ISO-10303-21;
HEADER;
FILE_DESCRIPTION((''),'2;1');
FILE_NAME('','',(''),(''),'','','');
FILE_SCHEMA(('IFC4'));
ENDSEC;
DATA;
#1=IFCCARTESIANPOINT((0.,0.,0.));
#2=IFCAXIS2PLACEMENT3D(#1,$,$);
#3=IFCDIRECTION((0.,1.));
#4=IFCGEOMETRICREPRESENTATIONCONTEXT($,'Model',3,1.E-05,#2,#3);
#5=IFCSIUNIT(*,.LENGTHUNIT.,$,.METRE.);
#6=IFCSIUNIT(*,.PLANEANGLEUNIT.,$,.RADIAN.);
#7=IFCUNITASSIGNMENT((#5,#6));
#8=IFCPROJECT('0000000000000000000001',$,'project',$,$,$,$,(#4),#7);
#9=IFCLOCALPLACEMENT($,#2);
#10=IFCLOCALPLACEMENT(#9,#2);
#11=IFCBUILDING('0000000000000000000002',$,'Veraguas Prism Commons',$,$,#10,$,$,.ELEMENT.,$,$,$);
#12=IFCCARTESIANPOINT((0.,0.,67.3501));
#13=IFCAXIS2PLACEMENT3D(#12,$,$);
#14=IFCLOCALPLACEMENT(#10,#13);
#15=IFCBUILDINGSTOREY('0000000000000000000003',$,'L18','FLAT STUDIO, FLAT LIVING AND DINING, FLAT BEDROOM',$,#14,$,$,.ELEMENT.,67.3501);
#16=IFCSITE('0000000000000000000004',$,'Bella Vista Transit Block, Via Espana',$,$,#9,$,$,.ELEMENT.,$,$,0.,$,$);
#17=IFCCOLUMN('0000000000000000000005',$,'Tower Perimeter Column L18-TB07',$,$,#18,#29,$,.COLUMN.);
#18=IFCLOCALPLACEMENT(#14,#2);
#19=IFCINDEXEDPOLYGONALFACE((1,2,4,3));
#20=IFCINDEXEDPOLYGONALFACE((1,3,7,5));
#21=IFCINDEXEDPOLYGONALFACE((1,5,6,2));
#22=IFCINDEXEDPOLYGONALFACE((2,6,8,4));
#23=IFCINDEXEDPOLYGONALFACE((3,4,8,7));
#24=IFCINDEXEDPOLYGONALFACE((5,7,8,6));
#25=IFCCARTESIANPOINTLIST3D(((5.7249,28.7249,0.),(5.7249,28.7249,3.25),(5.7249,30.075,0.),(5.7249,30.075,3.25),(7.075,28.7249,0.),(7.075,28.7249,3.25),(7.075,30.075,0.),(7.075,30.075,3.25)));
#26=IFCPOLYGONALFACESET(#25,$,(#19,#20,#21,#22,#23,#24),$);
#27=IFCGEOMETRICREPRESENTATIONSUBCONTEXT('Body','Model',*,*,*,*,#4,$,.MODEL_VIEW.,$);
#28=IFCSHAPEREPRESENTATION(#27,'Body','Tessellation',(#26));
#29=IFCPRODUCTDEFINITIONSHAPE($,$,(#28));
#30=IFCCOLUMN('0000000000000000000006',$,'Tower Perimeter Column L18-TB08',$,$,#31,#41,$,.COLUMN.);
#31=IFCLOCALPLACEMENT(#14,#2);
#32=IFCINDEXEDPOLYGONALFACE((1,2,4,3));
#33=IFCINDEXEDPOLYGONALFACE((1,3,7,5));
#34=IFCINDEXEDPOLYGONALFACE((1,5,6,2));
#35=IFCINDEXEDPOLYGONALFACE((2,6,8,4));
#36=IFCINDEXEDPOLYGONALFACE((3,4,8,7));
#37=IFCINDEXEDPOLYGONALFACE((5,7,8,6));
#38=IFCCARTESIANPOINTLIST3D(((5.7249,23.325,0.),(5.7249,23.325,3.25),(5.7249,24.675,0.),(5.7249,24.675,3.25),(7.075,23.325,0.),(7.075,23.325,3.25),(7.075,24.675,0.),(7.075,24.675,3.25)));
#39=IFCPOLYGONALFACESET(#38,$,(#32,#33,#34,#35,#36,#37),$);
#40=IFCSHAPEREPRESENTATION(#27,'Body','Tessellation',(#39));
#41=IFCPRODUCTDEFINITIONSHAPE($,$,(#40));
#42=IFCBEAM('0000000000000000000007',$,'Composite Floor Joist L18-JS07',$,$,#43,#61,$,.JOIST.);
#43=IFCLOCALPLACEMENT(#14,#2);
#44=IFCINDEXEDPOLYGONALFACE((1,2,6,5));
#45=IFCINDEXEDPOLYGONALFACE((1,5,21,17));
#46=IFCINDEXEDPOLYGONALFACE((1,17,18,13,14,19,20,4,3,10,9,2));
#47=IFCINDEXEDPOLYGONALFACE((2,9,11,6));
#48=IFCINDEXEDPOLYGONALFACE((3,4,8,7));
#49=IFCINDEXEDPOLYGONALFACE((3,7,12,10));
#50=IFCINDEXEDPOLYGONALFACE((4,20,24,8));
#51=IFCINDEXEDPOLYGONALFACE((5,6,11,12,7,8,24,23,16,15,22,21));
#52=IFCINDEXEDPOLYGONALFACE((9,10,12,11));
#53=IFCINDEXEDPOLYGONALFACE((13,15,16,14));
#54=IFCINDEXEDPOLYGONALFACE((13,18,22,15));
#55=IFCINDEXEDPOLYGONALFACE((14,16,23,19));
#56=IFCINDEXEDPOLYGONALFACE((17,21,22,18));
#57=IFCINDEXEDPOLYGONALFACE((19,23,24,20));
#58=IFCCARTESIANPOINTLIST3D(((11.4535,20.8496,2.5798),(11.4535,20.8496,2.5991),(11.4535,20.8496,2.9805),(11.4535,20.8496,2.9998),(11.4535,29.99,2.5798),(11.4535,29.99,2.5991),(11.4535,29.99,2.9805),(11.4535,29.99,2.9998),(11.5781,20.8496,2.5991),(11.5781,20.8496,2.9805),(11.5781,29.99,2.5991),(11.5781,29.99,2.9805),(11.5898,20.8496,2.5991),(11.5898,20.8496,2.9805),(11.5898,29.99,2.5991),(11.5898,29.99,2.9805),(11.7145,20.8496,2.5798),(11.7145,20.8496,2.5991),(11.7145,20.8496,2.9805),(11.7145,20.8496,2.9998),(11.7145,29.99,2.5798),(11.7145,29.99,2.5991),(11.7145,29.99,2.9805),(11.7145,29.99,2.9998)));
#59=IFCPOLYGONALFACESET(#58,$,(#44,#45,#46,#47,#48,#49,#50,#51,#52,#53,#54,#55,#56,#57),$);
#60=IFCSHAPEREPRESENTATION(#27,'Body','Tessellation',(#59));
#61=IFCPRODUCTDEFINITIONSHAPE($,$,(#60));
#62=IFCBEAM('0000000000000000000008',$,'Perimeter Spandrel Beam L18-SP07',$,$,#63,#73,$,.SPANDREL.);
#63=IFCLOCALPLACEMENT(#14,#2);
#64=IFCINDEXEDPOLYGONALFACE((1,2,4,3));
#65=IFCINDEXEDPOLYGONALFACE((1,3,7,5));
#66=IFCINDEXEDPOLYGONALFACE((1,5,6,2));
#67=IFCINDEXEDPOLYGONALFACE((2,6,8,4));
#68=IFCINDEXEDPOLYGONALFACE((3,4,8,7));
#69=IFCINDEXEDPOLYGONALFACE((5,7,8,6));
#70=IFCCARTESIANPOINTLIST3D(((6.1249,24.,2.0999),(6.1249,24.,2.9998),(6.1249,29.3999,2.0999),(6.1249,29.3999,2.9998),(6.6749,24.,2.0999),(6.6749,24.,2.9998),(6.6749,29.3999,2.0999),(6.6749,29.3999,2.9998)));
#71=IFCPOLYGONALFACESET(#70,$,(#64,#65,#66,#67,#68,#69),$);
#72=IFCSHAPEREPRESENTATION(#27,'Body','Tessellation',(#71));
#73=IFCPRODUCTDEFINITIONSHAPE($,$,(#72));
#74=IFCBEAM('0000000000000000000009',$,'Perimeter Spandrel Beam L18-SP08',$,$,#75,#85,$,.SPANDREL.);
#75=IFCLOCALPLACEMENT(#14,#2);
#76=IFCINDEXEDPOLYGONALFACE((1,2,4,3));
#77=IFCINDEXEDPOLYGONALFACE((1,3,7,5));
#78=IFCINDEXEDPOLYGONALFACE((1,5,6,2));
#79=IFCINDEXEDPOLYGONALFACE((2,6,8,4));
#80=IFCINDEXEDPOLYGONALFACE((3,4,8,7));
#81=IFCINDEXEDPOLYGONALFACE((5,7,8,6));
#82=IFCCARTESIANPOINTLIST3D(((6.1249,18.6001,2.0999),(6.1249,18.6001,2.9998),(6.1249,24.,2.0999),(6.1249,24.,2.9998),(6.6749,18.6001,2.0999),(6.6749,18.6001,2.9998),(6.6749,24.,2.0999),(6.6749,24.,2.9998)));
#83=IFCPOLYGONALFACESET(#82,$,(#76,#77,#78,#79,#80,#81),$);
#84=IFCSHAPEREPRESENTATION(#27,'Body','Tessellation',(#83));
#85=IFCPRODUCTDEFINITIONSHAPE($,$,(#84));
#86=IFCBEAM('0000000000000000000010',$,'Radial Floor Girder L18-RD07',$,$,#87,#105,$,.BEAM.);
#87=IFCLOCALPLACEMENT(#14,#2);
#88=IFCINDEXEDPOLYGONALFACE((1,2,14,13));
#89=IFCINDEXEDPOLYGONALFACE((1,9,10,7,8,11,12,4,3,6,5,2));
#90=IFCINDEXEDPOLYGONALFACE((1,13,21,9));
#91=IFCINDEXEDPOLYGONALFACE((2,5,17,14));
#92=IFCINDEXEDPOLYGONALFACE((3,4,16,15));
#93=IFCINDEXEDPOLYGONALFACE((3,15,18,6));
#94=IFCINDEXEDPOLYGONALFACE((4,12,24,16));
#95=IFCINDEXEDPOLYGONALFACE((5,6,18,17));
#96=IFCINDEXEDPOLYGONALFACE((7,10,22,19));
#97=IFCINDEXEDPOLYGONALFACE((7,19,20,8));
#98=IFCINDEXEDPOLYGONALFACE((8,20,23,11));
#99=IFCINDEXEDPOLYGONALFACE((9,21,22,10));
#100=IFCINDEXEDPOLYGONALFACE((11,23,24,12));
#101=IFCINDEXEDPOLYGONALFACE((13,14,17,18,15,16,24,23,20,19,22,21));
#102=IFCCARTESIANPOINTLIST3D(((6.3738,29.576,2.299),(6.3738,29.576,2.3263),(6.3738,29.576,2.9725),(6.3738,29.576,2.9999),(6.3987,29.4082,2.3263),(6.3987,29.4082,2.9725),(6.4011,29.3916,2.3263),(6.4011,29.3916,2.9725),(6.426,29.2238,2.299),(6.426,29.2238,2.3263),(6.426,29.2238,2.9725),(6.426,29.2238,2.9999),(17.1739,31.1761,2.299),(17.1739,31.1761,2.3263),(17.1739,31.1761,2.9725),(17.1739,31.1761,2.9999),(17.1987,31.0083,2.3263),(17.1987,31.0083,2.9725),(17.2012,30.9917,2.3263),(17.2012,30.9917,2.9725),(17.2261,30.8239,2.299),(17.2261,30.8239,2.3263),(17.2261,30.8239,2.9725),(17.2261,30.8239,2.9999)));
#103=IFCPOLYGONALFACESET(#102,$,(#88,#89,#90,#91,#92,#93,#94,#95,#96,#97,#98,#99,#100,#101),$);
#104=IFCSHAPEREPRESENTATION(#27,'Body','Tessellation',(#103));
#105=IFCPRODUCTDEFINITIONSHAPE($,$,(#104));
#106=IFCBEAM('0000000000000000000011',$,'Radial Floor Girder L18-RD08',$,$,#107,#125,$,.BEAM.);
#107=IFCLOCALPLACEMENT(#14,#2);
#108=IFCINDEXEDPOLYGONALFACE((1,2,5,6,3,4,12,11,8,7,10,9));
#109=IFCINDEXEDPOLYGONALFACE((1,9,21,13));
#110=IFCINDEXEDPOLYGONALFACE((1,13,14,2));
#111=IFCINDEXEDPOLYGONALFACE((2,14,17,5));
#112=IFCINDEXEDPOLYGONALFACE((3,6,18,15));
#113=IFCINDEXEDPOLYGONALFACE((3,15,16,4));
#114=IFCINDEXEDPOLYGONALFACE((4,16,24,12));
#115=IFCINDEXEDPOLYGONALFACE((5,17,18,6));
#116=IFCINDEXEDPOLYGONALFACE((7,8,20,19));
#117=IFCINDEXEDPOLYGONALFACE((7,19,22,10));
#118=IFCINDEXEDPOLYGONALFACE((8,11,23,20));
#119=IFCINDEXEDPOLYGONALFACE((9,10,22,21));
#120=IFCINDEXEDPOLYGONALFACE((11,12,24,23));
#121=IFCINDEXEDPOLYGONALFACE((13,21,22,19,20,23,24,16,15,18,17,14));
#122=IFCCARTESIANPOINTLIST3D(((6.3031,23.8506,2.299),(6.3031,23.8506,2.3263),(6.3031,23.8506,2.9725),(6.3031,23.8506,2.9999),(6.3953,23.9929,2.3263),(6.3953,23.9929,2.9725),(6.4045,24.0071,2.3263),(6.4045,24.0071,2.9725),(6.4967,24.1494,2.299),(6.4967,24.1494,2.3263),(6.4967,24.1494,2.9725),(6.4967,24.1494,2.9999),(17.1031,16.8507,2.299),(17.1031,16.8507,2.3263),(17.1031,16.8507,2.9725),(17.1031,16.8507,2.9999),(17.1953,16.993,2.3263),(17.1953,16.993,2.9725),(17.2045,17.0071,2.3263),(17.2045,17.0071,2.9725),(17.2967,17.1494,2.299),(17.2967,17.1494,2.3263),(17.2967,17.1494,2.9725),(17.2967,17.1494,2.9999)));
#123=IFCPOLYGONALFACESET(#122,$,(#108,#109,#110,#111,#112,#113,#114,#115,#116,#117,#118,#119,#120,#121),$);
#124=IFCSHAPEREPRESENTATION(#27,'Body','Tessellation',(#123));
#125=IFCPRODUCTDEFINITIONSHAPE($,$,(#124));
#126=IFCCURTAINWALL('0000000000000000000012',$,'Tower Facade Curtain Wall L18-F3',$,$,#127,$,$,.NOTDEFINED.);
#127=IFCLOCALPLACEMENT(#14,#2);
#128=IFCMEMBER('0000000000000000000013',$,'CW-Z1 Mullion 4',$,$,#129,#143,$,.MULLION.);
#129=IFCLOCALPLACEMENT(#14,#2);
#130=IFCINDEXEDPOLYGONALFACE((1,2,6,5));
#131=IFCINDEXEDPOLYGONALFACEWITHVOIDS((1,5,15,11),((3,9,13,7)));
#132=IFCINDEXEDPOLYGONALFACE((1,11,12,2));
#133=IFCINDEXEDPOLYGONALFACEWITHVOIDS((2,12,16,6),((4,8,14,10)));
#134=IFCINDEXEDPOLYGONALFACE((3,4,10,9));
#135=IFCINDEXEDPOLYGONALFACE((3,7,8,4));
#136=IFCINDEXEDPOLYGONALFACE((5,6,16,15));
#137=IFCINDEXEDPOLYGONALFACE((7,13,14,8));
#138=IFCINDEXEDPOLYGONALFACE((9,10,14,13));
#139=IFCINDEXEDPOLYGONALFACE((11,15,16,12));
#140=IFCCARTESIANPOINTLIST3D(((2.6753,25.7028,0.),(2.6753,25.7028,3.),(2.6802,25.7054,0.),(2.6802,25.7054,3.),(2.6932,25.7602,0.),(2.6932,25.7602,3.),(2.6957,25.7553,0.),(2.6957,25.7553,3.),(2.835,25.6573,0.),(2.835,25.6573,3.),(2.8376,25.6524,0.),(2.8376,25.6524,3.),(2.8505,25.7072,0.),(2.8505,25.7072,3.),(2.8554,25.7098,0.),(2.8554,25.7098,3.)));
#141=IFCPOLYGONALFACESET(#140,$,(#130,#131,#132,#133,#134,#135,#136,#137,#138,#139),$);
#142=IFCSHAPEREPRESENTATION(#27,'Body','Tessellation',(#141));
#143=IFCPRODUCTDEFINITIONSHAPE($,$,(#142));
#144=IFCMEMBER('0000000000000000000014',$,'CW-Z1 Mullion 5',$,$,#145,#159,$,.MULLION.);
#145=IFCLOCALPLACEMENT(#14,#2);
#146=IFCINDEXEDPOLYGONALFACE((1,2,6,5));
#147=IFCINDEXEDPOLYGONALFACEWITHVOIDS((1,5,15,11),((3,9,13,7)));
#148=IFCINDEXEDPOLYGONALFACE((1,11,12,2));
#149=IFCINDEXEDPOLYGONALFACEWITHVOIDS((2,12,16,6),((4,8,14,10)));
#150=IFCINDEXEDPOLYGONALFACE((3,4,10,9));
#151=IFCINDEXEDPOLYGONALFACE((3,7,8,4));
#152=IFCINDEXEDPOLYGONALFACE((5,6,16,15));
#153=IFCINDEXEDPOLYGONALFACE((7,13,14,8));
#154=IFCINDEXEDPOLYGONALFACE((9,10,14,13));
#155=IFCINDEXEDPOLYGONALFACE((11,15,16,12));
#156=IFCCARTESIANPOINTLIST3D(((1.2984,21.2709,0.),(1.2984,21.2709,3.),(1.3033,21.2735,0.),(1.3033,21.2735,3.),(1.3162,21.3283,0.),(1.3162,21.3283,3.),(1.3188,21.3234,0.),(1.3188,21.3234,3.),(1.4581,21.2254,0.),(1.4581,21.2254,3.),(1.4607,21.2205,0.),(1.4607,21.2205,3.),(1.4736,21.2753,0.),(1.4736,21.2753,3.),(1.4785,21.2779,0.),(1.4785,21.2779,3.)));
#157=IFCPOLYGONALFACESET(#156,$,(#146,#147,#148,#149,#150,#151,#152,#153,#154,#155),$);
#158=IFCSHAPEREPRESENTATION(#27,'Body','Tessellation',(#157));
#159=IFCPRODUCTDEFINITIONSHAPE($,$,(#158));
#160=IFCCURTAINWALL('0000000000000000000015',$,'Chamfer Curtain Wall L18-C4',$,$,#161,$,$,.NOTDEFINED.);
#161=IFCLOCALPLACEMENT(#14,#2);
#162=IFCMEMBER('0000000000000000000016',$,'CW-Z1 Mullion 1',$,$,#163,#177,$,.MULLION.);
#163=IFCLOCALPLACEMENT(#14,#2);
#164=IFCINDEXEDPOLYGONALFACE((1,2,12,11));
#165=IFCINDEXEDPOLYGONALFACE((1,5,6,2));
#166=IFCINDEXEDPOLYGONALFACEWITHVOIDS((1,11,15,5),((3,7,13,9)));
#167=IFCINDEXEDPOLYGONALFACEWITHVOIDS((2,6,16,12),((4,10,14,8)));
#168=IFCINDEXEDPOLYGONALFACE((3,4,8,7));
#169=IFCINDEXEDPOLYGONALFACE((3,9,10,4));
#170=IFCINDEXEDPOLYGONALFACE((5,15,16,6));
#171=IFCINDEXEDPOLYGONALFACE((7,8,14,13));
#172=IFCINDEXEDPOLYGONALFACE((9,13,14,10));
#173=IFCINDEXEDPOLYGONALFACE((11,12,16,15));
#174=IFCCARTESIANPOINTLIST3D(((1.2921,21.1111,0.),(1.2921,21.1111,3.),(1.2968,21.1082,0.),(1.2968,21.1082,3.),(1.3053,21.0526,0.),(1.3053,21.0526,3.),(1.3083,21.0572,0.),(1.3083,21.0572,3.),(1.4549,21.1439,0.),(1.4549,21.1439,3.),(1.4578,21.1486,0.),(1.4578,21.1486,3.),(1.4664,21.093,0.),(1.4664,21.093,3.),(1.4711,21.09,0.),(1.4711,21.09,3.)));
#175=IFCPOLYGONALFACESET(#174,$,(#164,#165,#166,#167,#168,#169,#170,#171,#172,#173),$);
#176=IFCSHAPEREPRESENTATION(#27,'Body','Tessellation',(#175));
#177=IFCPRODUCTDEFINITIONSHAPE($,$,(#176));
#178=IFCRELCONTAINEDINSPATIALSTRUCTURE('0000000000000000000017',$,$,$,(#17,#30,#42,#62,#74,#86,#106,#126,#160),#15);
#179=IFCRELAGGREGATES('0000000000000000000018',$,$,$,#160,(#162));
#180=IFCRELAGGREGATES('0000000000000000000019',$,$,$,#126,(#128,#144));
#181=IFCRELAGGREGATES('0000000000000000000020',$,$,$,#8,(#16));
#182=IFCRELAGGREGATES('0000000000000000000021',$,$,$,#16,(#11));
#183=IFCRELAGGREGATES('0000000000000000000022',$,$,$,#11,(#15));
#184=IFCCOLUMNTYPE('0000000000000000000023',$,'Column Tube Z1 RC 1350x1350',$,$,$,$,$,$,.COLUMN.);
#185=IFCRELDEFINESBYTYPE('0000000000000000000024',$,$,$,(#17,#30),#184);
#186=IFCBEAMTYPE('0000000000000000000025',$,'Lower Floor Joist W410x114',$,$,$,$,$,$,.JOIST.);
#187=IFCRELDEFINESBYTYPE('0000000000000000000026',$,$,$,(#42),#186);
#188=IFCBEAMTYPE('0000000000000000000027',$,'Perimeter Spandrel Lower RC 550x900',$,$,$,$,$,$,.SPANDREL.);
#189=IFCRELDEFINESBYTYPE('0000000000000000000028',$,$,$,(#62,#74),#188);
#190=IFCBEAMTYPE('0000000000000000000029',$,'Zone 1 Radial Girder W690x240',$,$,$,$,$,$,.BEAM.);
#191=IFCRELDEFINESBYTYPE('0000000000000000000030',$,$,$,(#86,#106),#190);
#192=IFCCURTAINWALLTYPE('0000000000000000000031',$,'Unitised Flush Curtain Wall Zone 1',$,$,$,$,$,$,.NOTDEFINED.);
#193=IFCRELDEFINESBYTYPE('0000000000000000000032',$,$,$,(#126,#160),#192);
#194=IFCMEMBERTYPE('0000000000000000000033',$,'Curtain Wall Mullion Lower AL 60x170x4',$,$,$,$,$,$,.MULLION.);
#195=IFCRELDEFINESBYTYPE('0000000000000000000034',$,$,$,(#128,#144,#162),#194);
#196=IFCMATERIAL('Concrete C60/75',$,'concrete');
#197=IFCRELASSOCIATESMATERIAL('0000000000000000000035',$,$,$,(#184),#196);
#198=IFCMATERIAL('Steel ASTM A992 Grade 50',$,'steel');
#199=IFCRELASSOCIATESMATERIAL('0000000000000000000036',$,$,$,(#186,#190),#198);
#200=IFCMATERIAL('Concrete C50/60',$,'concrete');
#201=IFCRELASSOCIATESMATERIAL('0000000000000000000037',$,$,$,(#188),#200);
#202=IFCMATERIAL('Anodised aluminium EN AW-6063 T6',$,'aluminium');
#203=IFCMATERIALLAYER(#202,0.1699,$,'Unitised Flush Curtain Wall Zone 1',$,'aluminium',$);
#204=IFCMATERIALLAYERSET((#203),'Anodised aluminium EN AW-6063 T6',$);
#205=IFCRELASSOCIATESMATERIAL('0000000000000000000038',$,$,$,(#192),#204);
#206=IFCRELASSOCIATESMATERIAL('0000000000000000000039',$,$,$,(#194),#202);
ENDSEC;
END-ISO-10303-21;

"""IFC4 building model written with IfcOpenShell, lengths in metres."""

from ifc_helpers import new_model, si_unit, direction, frame, origin, origin_2d, place, context, subcontext, project, spatial, rectangle, hollow_rectangle, i_section, extrude, source, transform, mapped, material, layer, layer_set, material_profile, profile_set, type_object, element, aggregate, save


model = new_model("IFC4")

# Units and contexts
model_context = context("Model", 3, precision=1e-05, world=origin(), true_north=direction((0.0, 1.0)))
body_context = subcontext(model_context, "Body", "Model", "MODEL_VIEW")
ifc_project = project(units=[si_unit("LENGTHUNIT", "METRE"), si_unit("PLANEANGLEUNIT", "RADIAN")], contexts=[model_context])

# Site, building, storey
site_placement = place(None, origin())
site = spatial("IfcSite", under=ifc_project, at=site_placement, Name="Bella Vista Transit Block, Via Espana", CompositionType="ELEMENT", RefElevation=0.0)
building_placement = place(site_placement, origin())
building = spatial("IfcBuilding", under=site, at=building_placement, Name="Veraguas Prism Commons", CompositionType="ELEMENT")
storey_placement = place(building_placement, frame((0.0, 0.0, 67.3501)))
storey = spatial("IfcBuildingStorey", under=building, at=storey_placement, Name="L18", Description="FLAT STUDIO, FLAT LIVING AND DINING, FLAT BEDROOM", CompositionType="ELEMENT", Elevation=67.3501)

# Columns
ifc_material_1 = material(Name="Concrete C60/75", Category="concrete")
ifc_material_profile_1 = material_profile(ifc_material_1, rectangle(XDim=1.3501, YDim=1.3501, at=origin_2d()), Name="RC1350X1350")
ifc_profile_set_1 = profile_set([ifc_material_profile_1], Name="Concrete C60/75")
column_type = type_object("IfcColumnType", Name="Column Tube Z1 RC 1350x1350", PredefinedType="COLUMN", material=ifc_profile_set_1)
for number, where, z_axis, x_axis, name in (
    (1, (6.3999, 29.3999, 0.0), (0.0, 0.0, 1.0), (1.0, 0.0, 0.0), "Tower Perimeter Column L18-TB07"),
    (2, (6.3999, 24.0, 0.0), (0.0, 0.0, 1.0), (1.0, 0.0, 0.0), "Tower Perimeter Column L18-TB08"),
):
    element("IfcColumn", number, at=place(storey_placement, frame(where, z_axis=z_axis, x_axis=x_axis)), inside=storey, type_object=column_type, Name=name, PredefinedType="COLUMN", context=body_context, shape_type="SweptSolid", body=[
        extrude(rectangle(XDim=1.3501, YDim=1.3501, at=origin_2d()), origin(), (0.0, 0.0, 1.0), 3.25),
    ])

# Beams
ifc_material_2 = material(Name="Steel ASTM A992 Grade 50", Category="steel")
ifc_material_profile_2 = material_profile(ifc_material_2, i_section(OverallWidth=0.261, OverallDepth=0.4199, WebThickness=0.0117, FlangeThickness=0.0193, at=origin_2d()), Name="W410X114")
ifc_profile_set_2 = profile_set([ifc_material_profile_2], Name="Steel ASTM A992 Grade 50")
beam_type_1 = type_object("IfcBeamType", Name="Lower Floor Joist W410x114", PredefinedType="JOIST", material=ifc_profile_set_2)
beam_1_placement = place(storey_placement, frame((11.584, 29.99, 2.7898), z_axis=(0.0, -1.0, 0.0), x_axis=(1.0, 0.0, 0.0)))
element("IfcBeam", 3, at=beam_1_placement, inside=storey, type_object=beam_type_1, Name="Composite Floor Joist L18-JS07", PredefinedType="JOIST", context=body_context, shape_type="SweptSolid", body=[
    extrude(i_section(OverallWidth=0.261, OverallDepth=0.4199, WebThickness=0.0117, FlangeThickness=0.0193, at=origin_2d()), origin(), (0.0, 0.0, 1.0), 9.1404),
])
ifc_material_3 = material(Name="Concrete C50/60", Category="concrete")
ifc_material_profile_3 = material_profile(ifc_material_3, rectangle(XDim=0.55, YDim=0.8999, at=origin_2d()), Name="RC550X900")
ifc_profile_set_3 = profile_set([ifc_material_profile_3], Name="Concrete C50/60")
beam_type_2 = type_object("IfcBeamType", Name="Perimeter Spandrel Lower RC 550x900", PredefinedType="SPANDREL", material=ifc_profile_set_3)
for number, where, z_axis, x_axis, name in (
    (4, (6.3999, 29.3999, 2.5498), (0.0, -1.0, 0.0), (1.0, 0.0, 0.0), "Perimeter Spandrel Beam L18-SP07"),
    (5, (6.3999, 24.0, 2.5498), (0.0, -1.0, 0.0), (1.0, 0.0, 0.0), "Perimeter Spandrel Beam L18-SP08"),
):
    element("IfcBeam", number, at=place(storey_placement, frame(where, z_axis=z_axis, x_axis=x_axis)), inside=storey, type_object=beam_type_2, Name=name, PredefinedType="SPANDREL", context=body_context, shape_type="SweptSolid", body=[
        extrude(rectangle(XDim=0.55, YDim=0.8999, at=origin_2d()), origin(), (0.0, 0.0, 1.0), 5.3999),
    ])
ifc_material_profile_4 = material_profile(ifc_material_2, i_section(OverallWidth=0.356, OverallDepth=0.7009, WebThickness=0.0168, FlangeThickness=0.0273, at=origin_2d()), Name="W690X240")
ifc_profile_set_4 = profile_set([ifc_material_profile_4], Name="Steel ASTM A992 Grade 50")
beam_type_3 = type_object("IfcBeamType", Name="Zone 1 Radial Girder W690x240", PredefinedType="BEAM", material=ifc_profile_set_4)
beam_2_placement = place(storey_placement, frame((6.3999, 29.3999, 2.6494), z_axis=(0.989202, 0.146557, 0.0), x_axis=(-0.146557, 0.989202, 0.0)))
element("IfcBeam", 6, at=beam_2_placement, inside=storey, type_object=beam_type_3, Name="Radial Floor Girder L18-RD07", PredefinedType="BEAM", context=body_context, shape_type="SweptSolid", body=[
    extrude(i_section(OverallWidth=0.356, OverallDepth=0.7009, WebThickness=0.0168, FlangeThickness=0.0273, at=origin_2d()), origin(), (0.0, 0.0, 1.0), 10.918),
])
beam_3_placement = place(storey_placement, frame((6.3999, 24.0, 2.6494), z_axis=(0.839154, -0.543894, 0.0), x_axis=(0.543894, 0.839154, 0.0)))
element("IfcBeam", 7, at=beam_3_placement, inside=storey, type_object=beam_type_3, Name="Radial Floor Girder L18-RD08", PredefinedType="BEAM", context=body_context, shape_type="SweptSolid", body=[
    extrude(i_section(OverallWidth=0.356, OverallDepth=0.7009, WebThickness=0.0168, FlangeThickness=0.0273, at=origin_2d()), origin(), (0.0, 0.0, 1.0), 12.8701),
])

# Curtain walls, members
ifc_material_4 = material(Name="Anodised aluminium EN AW-6063 T6", Category="aluminium")
ifc_layer_1 = layer(ifc_material_4, 0.1699, Name="Unitised Flush Curtain Wall Zone 1", Category="aluminium")
ifc_layer_set_1 = layer_set([ifc_layer_1], Name="Anodised aluminium EN AW-6063 T6")
curtain_wall_type = type_object("IfcCurtainWallType", Name="Unitised Flush Curtain Wall Zone 1", PredefinedType="NOTDEFINED", material=ifc_layer_set_1)
curtain_wall_1_placement = place(storey_placement, origin())
curtain_wall_1 = element("IfcCurtainWall", 8, at=curtain_wall_1_placement, inside=storey, type_object=curtain_wall_type, Name="Tower Facade Curtain Wall L18-F3", PredefinedType="NOTDEFINED")
ifc_material_profile_5 = material_profile(ifc_material_4, hollow_rectangle(XDim=0.0601, YDim=0.1699, WallThickness=0.0039, at=origin_2d()), Name="AL60X170X4")
ifc_profile_set_5 = profile_set([ifc_material_profile_5], Name="Anodised aluminium EN AW-6063 T6")
member_type_1 = type_object("IfcMemberType", Name="Curtain Wall Mullion Lower AL 60x170x4", PredefinedType="MULLION", material=ifc_profile_set_5)
shared_shape_1 = source(origin(), body_context, "Body", "SweptSolid", [
    extrude(hollow_rectangle(XDim=0.0601, YDim=0.1699, WallThickness=0.0039, at=origin_2d()), origin(), (0.0, 0.0, 1.0), 3.0),
])
member_1_placement = place(storey_placement, frame((2.7654, 25.7063, 0.0), z_axis=(0.0, 0.0, 1.0), x_axis=(-0.29671, -0.954968, 0.0)))
member_1 = element("IfcMember", 9, at=member_1_placement, type_object=member_type_1, Name="CW-Z1 Mullion 4", PredefinedType="MULLION", context=body_context, shape_type="MappedRepresentation", body=[
    mapped(shared_shape_1, transform((0.0, 0.0, 0.0), scale=1.0)),
])
member_2_placement = place(storey_placement, frame((1.3884, 21.2744, 0.0), z_axis=(0.0, 0.0, 1.0), x_axis=(-0.29671, -0.954968, 0.0)))
member_2 = element("IfcMember", 10, at=member_2_placement, type_object=member_type_1, Name="CW-Z1 Mullion 5", PredefinedType="MULLION", context=body_context, shape_type="MappedRepresentation", body=[
    mapped(shared_shape_1, transform((0.0, 0.0, 0.0), scale=1.0)),
])
curtain_wall_2_placement = place(storey_placement, origin())
curtain_wall_2 = element("IfcCurtainWall", 11, at=curtain_wall_2_placement, inside=storey, type_object=curtain_wall_type, Name="Chamfer Curtain Wall L18-C4", PredefinedType="NOTDEFINED")
member_3_placement = place(storey_placement, frame((1.3816, 21.1006, 0.0), z_axis=(0.0, 0.0, 1.0), x_axis=(0.220546, -0.975377, 0.0)))
member_3 = element("IfcMember", 12, at=member_3_placement, type_object=member_type_1, Name="CW-Z1 Mullion 1", PredefinedType="MULLION", context=body_context, shape_type="MappedRepresentation", body=[
    mapped(shared_shape_1, transform((0.0, 0.0, 0.0), scale=1.0)),
])
aggregate(curtain_wall_2, [member_3])

aggregate(curtain_wall_1, [member_1, member_2])

save(model, "model.ifc")
